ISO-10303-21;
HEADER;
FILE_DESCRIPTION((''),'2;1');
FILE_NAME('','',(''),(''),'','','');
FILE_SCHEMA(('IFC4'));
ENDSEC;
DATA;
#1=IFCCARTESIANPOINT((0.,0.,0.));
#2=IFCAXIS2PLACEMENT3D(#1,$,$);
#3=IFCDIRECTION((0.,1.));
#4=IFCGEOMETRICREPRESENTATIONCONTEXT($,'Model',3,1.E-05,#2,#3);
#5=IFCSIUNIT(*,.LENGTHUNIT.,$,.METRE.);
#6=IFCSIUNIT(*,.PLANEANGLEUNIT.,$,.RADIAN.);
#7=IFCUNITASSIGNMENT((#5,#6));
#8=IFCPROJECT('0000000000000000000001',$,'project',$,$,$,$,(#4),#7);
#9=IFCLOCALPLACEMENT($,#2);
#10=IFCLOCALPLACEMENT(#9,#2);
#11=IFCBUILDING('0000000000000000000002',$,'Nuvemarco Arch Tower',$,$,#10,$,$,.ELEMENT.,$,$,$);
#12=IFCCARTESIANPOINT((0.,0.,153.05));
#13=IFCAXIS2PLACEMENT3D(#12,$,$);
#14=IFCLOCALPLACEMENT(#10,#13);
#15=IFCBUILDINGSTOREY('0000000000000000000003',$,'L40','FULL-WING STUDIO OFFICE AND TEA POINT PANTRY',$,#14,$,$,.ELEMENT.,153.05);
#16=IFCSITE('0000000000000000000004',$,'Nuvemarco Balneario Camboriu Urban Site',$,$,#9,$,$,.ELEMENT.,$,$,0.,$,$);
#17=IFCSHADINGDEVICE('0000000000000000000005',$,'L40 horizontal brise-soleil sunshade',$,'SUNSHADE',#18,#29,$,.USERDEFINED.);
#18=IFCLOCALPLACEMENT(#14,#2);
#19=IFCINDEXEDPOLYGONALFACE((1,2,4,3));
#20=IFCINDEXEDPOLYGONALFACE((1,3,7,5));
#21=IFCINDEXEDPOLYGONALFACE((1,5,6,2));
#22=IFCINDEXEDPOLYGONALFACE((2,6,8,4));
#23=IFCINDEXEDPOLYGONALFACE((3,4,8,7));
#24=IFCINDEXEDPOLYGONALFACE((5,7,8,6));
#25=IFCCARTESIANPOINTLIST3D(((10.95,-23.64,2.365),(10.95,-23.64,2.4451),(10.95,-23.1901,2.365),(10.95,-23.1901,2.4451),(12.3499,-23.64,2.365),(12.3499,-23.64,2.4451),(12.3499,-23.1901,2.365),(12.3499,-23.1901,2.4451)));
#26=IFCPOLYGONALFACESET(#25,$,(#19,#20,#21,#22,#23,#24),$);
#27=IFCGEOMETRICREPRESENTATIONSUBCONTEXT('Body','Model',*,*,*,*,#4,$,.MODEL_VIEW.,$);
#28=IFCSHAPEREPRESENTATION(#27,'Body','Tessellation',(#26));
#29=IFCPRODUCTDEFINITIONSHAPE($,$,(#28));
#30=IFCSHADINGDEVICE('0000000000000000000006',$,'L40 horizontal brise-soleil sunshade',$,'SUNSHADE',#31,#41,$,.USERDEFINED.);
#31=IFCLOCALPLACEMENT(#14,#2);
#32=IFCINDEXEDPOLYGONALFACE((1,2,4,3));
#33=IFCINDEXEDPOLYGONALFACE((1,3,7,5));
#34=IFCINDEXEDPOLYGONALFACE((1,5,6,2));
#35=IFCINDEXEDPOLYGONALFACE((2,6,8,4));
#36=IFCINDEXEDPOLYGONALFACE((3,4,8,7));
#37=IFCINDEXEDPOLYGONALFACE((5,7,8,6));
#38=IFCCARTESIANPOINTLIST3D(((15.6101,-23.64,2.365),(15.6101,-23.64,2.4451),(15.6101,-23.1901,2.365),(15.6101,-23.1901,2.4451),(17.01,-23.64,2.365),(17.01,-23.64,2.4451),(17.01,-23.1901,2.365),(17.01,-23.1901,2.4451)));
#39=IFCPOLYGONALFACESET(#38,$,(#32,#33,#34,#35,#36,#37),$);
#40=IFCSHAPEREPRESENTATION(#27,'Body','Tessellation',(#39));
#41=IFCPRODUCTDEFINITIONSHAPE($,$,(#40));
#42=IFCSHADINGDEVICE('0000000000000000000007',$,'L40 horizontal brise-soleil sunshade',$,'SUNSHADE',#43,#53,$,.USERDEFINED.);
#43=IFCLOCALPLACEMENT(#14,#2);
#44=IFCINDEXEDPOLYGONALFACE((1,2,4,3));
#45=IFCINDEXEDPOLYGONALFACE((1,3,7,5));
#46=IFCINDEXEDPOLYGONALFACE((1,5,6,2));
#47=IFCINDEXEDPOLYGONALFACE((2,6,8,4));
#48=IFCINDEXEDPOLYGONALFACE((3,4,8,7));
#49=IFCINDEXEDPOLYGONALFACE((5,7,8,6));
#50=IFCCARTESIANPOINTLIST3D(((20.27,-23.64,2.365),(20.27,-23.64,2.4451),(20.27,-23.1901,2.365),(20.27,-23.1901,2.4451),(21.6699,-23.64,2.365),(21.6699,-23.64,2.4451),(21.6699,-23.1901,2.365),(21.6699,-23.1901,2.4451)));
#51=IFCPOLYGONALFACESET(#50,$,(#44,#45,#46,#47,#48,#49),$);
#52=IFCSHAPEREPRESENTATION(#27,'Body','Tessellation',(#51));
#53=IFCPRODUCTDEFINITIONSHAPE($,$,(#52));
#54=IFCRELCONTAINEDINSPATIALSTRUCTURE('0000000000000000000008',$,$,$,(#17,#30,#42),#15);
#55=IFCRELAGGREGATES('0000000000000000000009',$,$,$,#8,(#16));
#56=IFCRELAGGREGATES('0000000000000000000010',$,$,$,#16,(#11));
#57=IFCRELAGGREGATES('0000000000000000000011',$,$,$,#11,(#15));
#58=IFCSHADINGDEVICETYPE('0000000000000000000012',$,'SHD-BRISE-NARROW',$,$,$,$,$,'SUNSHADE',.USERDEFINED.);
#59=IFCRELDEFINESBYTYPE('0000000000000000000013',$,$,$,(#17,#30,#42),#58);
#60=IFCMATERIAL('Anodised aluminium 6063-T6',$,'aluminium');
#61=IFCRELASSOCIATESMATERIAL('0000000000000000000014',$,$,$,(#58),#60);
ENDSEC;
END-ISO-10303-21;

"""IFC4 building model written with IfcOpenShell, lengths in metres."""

from ifc_helpers import new_model, si_unit, direction, frame, origin, origin_2d, place, context, subcontext, project, spatial, rectangle, extrude, source, transform, mapped, material, type_object, type_shapes, element, save


model = new_model("IFC4")

# Units and contexts
model_context = context("Model", 3, precision=1e-05, world=origin(), true_north=direction((0.0, 1.0)))
body_context = subcontext(model_context, "Body", "Model", "MODEL_VIEW")
ifc_project = project(units=[si_unit("LENGTHUNIT", "METRE"), si_unit("PLANEANGLEUNIT", "RADIAN")], contexts=[model_context])

# Site, building, storey
site_placement = place(None, origin())
site = spatial("IfcSite", under=ifc_project, at=site_placement, Name="Nuvemarco Balneario Camboriu Urban Site", CompositionType="ELEMENT", RefElevation=0.0)
building_placement = place(site_placement, origin())
building = spatial("IfcBuilding", under=site, at=building_placement, Name="Nuvemarco Arch Tower", CompositionType="ELEMENT")
storey_placement = place(building_placement, frame((0.0, 0.0, 153.05)))
storey = spatial("IfcBuildingStorey", under=building, at=storey_placement, Name="L40", Description="FULL-WING STUDIO OFFICE AND TEA POINT PANTRY", CompositionType="ELEMENT", Elevation=153.05)

# Shading devices
ifc_material_1 = material(Name="Anodised aluminium 6063-T6", Category="aluminium")
shading_device_type_1 = type_object("IfcShadingDeviceType", Name="SHD-BRISE-NARROW", ElementType="SUNSHADE", PredefinedType="USERDEFINED", material=ifc_material_1)
shared_shape_1 = source(origin(), body_context, "Body", "SweptSolid", [
    extrude(rectangle(XDim=1.3999, YDim=0.45, at=origin_2d()), origin(), (0.0, 0.0, 1.0), 0.0801),
])
type_shapes(shading_device_type_1, [shared_shape_1])
for number, where, z_axis, x_axis, name in (
    (1, (11.6499, -23.415, 2.365), (0.0, 0.0, 1.0), (1.0, 0.0, 0.0), "L40 horizontal brise-soleil sunshade"),
    (2, (16.3101, -23.415, 2.365), (0.0, 0.0, 1.0), (1.0, 0.0, 0.0), "L40 horizontal brise-soleil sunshade"),
    (3, (20.97, -23.415, 2.365), (0.0, 0.0, 1.0), (1.0, 0.0, 0.0), "L40 horizontal brise-soleil sunshade"),
):
    element("IfcShadingDevice", number, at=place(storey_placement, frame(where, z_axis=z_axis, x_axis=x_axis)), inside=storey, type_object=shading_device_type_1, Name=name, ObjectType="SUNSHADE", PredefinedType="USERDEFINED", context=body_context, shape_type="MappedRepresentation", body=[
        mapped(shared_shape_1, transform((0.0, 0.0, 0.0), scale=1.0)),
    ])

save(model, "model.ifc")
